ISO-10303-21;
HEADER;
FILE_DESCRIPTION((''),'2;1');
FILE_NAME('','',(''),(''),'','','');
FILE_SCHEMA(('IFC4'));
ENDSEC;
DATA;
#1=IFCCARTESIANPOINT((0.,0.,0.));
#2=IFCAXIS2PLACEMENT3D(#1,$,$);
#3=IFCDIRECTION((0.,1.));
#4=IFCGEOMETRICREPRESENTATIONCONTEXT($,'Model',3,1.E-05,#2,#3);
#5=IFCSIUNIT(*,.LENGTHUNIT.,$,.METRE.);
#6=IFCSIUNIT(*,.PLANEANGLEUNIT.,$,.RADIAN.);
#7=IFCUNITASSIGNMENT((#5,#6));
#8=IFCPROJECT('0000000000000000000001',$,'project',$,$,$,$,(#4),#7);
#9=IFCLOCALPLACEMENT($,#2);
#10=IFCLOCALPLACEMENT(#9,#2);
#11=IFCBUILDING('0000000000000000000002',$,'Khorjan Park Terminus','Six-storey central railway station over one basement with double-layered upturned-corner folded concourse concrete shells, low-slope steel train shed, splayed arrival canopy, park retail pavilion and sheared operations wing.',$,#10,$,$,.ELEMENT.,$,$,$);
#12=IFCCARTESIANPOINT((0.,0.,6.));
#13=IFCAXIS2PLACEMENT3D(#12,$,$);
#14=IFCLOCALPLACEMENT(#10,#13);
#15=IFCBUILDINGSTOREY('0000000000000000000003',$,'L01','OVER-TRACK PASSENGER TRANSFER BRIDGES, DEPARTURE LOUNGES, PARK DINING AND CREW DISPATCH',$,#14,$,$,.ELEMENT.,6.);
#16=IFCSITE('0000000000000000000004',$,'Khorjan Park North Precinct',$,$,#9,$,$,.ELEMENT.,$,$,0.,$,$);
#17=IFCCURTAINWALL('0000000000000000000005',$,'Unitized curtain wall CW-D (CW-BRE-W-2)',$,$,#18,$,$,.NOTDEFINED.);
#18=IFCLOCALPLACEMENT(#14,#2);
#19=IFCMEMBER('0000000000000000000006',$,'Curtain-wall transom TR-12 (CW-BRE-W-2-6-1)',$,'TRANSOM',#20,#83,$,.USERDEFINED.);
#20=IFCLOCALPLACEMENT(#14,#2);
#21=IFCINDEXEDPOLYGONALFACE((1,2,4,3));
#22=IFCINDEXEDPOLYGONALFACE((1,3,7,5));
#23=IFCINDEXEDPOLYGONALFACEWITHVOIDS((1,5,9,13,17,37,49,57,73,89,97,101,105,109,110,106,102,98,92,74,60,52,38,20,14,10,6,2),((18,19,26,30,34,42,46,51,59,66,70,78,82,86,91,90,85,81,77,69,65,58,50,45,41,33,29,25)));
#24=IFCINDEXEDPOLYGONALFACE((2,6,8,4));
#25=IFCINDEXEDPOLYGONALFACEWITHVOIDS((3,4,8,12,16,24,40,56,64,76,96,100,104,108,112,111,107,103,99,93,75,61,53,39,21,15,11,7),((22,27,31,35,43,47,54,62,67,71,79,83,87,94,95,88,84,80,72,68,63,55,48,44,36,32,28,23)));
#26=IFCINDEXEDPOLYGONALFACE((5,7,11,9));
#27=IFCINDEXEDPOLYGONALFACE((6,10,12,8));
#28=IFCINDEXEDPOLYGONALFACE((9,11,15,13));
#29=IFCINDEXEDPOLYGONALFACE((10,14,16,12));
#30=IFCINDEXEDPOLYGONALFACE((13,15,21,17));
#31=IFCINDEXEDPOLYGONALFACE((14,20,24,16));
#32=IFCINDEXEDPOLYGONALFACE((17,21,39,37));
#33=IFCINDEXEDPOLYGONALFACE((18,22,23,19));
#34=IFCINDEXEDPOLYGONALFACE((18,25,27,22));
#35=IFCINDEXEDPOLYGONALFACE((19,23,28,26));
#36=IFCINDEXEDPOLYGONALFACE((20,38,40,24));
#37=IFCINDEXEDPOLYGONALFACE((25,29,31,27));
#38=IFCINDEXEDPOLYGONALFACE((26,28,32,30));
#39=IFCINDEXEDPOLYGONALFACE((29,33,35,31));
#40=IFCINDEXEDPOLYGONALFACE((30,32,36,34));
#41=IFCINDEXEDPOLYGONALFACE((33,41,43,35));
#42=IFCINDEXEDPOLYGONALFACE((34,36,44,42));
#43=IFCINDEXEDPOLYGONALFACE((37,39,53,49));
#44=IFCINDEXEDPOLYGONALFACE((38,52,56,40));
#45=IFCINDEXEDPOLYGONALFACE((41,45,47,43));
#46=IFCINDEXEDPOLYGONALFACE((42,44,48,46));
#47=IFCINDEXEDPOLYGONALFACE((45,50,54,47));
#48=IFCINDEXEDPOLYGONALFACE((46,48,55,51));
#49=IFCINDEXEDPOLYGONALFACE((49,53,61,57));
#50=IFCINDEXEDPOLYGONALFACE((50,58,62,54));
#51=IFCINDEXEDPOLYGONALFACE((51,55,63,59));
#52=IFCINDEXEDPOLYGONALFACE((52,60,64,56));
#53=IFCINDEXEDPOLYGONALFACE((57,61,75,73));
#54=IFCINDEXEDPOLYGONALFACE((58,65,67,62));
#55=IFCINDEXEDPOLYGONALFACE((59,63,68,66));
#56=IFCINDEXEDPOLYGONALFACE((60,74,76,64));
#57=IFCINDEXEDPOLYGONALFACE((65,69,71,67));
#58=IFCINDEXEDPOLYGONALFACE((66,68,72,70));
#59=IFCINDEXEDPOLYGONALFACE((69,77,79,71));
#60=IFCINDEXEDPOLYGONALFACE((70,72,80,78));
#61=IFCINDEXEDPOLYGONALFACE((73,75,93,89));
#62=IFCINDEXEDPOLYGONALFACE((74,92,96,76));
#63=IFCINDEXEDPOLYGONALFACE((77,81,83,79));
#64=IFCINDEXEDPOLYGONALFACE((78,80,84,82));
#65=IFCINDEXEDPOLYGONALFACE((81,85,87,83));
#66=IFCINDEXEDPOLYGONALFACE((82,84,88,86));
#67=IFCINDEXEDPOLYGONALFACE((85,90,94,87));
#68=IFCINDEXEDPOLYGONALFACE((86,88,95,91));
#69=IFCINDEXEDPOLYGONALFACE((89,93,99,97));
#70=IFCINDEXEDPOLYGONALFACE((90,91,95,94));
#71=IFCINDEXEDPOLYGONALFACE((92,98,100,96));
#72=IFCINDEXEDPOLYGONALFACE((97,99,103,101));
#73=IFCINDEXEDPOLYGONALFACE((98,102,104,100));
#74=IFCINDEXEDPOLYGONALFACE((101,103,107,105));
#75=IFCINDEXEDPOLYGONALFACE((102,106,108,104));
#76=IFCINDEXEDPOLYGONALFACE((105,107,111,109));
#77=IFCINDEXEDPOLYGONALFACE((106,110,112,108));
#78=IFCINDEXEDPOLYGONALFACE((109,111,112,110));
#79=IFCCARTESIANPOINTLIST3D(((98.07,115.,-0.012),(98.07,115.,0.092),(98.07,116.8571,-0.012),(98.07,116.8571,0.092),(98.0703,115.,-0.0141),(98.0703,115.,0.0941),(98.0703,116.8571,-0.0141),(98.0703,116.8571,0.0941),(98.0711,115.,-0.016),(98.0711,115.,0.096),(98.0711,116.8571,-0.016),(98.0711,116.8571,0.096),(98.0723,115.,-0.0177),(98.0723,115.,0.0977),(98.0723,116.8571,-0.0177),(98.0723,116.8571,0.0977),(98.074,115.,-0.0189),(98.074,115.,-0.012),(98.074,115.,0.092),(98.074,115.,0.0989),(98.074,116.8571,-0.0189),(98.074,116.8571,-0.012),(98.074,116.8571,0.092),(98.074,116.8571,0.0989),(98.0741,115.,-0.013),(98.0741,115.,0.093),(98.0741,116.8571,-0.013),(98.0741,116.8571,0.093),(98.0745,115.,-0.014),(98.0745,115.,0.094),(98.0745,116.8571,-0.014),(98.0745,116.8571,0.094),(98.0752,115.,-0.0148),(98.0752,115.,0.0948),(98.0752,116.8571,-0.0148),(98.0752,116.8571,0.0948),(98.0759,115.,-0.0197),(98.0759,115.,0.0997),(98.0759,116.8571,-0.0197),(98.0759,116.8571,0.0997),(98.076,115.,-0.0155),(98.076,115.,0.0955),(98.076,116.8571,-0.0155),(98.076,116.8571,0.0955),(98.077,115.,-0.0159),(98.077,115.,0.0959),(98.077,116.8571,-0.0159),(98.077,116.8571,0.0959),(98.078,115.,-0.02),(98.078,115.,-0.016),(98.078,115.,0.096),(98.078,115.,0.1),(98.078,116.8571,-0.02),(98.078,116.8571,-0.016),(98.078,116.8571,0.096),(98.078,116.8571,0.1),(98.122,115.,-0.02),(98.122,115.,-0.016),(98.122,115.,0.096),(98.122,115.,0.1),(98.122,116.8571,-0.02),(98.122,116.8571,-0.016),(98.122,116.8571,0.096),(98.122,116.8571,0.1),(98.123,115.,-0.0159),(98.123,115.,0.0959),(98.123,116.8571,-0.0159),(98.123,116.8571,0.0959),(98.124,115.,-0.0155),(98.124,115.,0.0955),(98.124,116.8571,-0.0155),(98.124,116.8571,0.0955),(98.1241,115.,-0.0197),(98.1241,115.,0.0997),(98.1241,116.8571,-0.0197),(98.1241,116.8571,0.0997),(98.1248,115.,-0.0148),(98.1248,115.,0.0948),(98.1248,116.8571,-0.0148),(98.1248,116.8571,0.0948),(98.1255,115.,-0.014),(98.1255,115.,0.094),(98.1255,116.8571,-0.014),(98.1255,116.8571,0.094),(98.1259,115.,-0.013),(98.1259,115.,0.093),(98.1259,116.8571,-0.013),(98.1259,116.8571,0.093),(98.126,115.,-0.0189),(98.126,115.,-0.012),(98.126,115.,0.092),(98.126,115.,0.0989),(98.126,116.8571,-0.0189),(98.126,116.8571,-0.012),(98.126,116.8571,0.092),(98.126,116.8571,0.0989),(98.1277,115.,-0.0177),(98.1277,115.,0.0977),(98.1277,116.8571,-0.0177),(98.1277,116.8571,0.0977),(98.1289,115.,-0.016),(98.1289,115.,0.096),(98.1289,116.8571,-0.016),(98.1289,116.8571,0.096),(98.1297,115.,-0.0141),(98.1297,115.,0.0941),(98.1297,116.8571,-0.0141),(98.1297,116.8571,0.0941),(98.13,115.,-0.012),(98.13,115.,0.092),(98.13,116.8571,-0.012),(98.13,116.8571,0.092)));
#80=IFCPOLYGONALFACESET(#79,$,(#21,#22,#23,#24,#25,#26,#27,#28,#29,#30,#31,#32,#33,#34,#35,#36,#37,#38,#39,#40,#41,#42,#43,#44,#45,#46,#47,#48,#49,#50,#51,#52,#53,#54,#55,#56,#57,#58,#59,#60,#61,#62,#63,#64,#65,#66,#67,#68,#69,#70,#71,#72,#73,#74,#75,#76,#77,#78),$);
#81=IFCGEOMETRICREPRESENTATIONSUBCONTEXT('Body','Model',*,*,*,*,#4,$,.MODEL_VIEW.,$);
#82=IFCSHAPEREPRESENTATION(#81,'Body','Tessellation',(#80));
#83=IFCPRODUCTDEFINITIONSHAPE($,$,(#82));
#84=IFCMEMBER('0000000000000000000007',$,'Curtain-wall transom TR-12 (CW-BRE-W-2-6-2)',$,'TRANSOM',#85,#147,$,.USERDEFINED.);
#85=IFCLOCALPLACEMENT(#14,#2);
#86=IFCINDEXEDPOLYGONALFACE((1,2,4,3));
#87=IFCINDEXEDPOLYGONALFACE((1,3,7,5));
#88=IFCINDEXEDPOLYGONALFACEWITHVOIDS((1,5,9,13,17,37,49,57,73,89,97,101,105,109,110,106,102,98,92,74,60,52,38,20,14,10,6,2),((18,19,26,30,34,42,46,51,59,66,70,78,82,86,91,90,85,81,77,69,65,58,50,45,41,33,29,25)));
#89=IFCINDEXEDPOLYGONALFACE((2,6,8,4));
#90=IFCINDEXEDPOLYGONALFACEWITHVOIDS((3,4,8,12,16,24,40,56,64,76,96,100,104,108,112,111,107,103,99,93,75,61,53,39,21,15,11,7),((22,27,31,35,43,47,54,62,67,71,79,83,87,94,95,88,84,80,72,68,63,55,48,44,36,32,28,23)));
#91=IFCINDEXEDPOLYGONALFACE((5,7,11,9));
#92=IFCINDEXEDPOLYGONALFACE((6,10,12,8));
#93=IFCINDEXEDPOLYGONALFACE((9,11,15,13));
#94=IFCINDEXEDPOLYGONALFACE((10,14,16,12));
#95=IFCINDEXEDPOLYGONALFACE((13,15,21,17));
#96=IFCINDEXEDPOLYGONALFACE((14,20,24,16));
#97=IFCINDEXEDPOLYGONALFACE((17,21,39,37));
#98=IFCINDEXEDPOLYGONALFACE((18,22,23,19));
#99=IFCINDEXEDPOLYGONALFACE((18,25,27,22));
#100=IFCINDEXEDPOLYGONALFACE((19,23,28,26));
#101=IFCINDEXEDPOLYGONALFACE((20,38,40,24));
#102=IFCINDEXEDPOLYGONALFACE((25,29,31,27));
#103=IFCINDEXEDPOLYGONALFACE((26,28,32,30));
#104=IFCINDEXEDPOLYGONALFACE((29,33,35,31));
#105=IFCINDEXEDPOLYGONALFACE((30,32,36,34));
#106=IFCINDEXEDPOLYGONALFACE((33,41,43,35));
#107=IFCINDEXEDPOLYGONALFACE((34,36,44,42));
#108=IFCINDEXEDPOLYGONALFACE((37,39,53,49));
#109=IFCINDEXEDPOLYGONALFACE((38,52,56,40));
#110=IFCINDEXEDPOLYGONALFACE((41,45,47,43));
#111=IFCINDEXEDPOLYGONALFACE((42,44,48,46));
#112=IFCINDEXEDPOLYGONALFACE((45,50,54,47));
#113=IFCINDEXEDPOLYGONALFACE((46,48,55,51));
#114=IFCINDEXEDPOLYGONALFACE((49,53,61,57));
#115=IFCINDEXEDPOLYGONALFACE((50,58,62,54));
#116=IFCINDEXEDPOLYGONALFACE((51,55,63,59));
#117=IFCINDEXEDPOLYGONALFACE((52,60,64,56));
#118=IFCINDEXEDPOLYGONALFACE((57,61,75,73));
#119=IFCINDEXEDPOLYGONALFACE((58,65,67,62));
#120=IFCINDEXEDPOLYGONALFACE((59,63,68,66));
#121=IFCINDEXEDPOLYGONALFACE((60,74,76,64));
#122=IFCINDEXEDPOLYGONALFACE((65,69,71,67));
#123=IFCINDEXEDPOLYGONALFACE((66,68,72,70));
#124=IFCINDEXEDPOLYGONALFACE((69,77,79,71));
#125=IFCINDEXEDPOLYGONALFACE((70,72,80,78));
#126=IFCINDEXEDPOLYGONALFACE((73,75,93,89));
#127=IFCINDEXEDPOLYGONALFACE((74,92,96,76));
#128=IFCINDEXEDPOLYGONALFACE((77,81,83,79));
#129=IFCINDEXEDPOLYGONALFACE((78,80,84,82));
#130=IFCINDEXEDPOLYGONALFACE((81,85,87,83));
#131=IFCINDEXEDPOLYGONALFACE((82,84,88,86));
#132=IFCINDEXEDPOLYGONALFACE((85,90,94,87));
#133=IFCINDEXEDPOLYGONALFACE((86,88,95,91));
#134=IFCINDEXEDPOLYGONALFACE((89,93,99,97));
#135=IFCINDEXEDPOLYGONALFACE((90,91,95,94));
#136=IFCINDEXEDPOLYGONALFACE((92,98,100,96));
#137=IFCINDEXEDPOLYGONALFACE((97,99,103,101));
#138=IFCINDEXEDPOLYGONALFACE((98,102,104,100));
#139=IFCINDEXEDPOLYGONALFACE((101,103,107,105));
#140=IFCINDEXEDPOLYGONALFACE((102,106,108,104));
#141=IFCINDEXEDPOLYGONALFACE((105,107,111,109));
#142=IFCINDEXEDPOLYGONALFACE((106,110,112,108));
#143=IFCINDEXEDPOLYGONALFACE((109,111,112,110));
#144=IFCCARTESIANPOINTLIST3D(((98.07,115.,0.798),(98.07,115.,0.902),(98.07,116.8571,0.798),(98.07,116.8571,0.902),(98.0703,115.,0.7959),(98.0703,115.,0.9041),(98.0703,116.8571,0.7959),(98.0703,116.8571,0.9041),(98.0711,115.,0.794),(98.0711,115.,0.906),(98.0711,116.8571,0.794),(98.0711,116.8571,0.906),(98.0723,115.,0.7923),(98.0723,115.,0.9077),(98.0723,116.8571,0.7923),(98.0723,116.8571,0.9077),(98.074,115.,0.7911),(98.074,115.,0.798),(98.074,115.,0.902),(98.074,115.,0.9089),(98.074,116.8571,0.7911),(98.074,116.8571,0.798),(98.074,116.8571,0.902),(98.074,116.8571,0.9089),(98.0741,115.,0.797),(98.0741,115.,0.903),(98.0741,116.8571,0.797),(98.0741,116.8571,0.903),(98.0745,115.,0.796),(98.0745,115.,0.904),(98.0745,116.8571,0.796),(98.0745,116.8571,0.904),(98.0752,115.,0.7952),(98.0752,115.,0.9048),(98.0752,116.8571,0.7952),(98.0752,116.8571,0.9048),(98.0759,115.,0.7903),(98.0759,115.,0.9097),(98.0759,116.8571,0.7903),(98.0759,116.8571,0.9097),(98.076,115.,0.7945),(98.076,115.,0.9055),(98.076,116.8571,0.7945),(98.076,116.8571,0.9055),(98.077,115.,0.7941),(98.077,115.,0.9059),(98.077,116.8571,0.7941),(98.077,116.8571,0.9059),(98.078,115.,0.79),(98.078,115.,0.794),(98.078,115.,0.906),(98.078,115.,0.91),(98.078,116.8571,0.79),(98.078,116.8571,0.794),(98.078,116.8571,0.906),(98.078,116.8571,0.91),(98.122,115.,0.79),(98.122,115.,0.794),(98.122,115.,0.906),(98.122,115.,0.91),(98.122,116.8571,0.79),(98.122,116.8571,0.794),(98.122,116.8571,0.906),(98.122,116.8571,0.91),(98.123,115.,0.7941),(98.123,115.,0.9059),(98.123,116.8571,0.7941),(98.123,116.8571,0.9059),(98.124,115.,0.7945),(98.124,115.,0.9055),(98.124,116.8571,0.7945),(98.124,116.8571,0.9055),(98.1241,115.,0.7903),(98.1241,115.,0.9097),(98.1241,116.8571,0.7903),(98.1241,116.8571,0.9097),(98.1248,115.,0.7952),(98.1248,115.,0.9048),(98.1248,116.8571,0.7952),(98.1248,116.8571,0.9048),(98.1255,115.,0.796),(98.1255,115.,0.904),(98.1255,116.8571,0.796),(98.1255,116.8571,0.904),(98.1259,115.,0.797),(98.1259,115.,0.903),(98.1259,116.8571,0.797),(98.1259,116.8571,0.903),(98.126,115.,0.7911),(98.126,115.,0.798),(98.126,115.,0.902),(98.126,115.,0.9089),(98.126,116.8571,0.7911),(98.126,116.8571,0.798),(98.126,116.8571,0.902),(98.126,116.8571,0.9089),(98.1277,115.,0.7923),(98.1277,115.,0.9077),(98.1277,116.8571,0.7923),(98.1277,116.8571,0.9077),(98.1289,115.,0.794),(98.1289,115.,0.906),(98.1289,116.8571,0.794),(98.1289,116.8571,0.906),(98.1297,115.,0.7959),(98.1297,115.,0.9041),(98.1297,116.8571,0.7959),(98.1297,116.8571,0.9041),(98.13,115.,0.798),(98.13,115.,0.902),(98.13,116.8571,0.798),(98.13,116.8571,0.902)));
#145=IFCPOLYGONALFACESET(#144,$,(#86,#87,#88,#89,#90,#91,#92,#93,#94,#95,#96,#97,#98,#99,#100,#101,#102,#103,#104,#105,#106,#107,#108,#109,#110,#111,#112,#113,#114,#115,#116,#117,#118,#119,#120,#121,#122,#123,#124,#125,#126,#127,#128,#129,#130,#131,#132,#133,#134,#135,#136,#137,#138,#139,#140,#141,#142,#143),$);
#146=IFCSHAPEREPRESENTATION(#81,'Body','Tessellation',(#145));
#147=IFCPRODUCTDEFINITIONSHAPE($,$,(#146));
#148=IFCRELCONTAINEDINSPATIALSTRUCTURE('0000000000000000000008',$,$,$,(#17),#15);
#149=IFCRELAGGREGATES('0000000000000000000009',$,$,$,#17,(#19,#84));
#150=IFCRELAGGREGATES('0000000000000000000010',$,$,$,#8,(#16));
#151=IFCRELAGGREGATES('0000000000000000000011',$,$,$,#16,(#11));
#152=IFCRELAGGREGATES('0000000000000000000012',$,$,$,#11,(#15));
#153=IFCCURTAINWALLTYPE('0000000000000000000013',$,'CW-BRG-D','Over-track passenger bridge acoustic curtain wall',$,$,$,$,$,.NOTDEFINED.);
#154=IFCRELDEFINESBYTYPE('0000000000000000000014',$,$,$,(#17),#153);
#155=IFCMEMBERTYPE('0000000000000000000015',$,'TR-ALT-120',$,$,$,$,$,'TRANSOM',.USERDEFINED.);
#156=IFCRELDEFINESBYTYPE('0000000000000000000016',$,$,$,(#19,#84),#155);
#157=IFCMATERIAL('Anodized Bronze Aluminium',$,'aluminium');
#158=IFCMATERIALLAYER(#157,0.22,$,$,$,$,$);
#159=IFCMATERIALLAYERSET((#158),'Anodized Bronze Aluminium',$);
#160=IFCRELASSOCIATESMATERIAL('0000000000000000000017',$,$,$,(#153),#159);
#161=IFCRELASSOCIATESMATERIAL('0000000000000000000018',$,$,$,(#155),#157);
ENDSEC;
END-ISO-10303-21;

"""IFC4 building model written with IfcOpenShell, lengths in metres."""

from ifc_helpers import new_model, si_unit, direction, frame, origin, origin_2d, place, context, subcontext, project, spatial, hollow_rectangle, extrude, material, layer, layer_set, material_profile, profile_set, type_object, element, aggregate, save


model = new_model("IFC4")

# Units and contexts
model_context = context("Model", 3, precision=1e-05, world=origin(), true_north=direction((0.0, 1.0)))
body_context = subcontext(model_context, "Body", "Model", "MODEL_VIEW")
ifc_project = project(units=[si_unit("LENGTHUNIT", "METRE"), si_unit("PLANEANGLEUNIT", "RADIAN")], contexts=[model_context])

# Site, building, storey
site_placement = place(None, origin())
site = spatial("IfcSite", under=ifc_project, at=site_placement, Name="Khorjan Park North Precinct", CompositionType="ELEMENT", RefElevation=0.0)
building_placement = place(site_placement, origin())
building = spatial("IfcBuilding", under=site, at=building_placement, Name="Khorjan Park Terminus", Description="Six-storey central railway station over one basement with double-layered upturned-corner folded concourse concrete shells, low-slope steel train shed, splayed arrival canopy, park retail pavilion and sheared operations wing.", CompositionType="ELEMENT")
storey_placement = place(building_placement, frame((0.0, 0.0, 6.0)))
storey = spatial("IfcBuildingStorey", under=building, at=storey_placement, Name="L01", Description="OVER-TRACK PASSENGER TRANSFER BRIDGES, DEPARTURE LOUNGES, PARK DINING AND CREW DISPATCH", CompositionType="ELEMENT", Elevation=6.0)

# Curtain wall
ifc_material_1 = material(Name="Anodized Bronze Aluminium", Category="aluminium")
ifc_layer_1 = layer(ifc_material_1, 0.22)
ifc_layer_set_1 = layer_set([ifc_layer_1], Name="Anodized Bronze Aluminium")
curtain_wall_type = type_object("IfcCurtainWallType", Name="CW-BRG-D", Description="Over-track passenger bridge acoustic curtain wall", PredefinedType="NOTDEFINED", material=ifc_layer_set_1)
curtain_wall_1_placement = place(storey_placement, origin())
curtain_wall_1 = element("IfcCurtainWall", 1, at=curtain_wall_1_placement, inside=storey, type_object=curtain_wall_type, Name="Unitized curtain wall CW-D (CW-BRE-W-2)", PredefinedType="NOTDEFINED")
ifc_material_profile_1 = material_profile(ifc_material_1, hollow_rectangle(XDim=0.06, YDim=0.12, WallThickness=0.004, InnerFilletRadius=0.004, OuterFilletRadius=0.008, at=origin_2d()), Name="ALT 60x120x4")
ifc_profile_set_1 = profile_set([ifc_material_profile_1], Name="Anodized Bronze Aluminium")
member_type_1 = type_object("IfcMemberType", Name="TR-ALT-120", ElementType="TRANSOM", PredefinedType="USERDEFINED", material=ifc_profile_set_1)

# Members
member_1_placement = place(storey_placement, frame((98.1, 116.8571, 0.04), z_axis=(0.0, -1.0, 0.0), x_axis=(1.0, 0.0, 0.0)))
member_1 = element("IfcMember", 2, at=member_1_placement, type_object=member_type_1, Name="Curtain-wall transom TR-12 (CW-BRE-W-2-6-1)", ObjectType="TRANSOM", PredefinedType="USERDEFINED", context=body_context, shape_type="SweptSolid", body=[
    extrude(hollow_rectangle(XDim=0.06, YDim=0.12, WallThickness=0.004, InnerFilletRadius=0.004, OuterFilletRadius=0.008, at=origin_2d()), origin(), (0.0, 0.0, 1.0), 1.8571),
])
member_2_placement = place(storey_placement, frame((98.1, 116.8571, 0.85), z_axis=(0.0, -1.0, 0.0), x_axis=(1.0, 0.0, 0.0)))
member_2 = element("IfcMember", 3, at=member_2_placement, type_object=member_type_1, Name="Curtain-wall transom TR-12 (CW-BRE-W-2-6-2)", ObjectType="TRANSOM", PredefinedType="USERDEFINED", context=body_context, shape_type="SweptSolid", body=[
    extrude(hollow_rectangle(XDim=0.06, YDim=0.12, WallThickness=0.004, InnerFilletRadius=0.004, OuterFilletRadius=0.008, at=origin_2d()), origin(), (0.0, 0.0, 1.0), 1.8571),
])

aggregate(curtain_wall_1, [member_1, member_2])

save(model, "model.ifc")
